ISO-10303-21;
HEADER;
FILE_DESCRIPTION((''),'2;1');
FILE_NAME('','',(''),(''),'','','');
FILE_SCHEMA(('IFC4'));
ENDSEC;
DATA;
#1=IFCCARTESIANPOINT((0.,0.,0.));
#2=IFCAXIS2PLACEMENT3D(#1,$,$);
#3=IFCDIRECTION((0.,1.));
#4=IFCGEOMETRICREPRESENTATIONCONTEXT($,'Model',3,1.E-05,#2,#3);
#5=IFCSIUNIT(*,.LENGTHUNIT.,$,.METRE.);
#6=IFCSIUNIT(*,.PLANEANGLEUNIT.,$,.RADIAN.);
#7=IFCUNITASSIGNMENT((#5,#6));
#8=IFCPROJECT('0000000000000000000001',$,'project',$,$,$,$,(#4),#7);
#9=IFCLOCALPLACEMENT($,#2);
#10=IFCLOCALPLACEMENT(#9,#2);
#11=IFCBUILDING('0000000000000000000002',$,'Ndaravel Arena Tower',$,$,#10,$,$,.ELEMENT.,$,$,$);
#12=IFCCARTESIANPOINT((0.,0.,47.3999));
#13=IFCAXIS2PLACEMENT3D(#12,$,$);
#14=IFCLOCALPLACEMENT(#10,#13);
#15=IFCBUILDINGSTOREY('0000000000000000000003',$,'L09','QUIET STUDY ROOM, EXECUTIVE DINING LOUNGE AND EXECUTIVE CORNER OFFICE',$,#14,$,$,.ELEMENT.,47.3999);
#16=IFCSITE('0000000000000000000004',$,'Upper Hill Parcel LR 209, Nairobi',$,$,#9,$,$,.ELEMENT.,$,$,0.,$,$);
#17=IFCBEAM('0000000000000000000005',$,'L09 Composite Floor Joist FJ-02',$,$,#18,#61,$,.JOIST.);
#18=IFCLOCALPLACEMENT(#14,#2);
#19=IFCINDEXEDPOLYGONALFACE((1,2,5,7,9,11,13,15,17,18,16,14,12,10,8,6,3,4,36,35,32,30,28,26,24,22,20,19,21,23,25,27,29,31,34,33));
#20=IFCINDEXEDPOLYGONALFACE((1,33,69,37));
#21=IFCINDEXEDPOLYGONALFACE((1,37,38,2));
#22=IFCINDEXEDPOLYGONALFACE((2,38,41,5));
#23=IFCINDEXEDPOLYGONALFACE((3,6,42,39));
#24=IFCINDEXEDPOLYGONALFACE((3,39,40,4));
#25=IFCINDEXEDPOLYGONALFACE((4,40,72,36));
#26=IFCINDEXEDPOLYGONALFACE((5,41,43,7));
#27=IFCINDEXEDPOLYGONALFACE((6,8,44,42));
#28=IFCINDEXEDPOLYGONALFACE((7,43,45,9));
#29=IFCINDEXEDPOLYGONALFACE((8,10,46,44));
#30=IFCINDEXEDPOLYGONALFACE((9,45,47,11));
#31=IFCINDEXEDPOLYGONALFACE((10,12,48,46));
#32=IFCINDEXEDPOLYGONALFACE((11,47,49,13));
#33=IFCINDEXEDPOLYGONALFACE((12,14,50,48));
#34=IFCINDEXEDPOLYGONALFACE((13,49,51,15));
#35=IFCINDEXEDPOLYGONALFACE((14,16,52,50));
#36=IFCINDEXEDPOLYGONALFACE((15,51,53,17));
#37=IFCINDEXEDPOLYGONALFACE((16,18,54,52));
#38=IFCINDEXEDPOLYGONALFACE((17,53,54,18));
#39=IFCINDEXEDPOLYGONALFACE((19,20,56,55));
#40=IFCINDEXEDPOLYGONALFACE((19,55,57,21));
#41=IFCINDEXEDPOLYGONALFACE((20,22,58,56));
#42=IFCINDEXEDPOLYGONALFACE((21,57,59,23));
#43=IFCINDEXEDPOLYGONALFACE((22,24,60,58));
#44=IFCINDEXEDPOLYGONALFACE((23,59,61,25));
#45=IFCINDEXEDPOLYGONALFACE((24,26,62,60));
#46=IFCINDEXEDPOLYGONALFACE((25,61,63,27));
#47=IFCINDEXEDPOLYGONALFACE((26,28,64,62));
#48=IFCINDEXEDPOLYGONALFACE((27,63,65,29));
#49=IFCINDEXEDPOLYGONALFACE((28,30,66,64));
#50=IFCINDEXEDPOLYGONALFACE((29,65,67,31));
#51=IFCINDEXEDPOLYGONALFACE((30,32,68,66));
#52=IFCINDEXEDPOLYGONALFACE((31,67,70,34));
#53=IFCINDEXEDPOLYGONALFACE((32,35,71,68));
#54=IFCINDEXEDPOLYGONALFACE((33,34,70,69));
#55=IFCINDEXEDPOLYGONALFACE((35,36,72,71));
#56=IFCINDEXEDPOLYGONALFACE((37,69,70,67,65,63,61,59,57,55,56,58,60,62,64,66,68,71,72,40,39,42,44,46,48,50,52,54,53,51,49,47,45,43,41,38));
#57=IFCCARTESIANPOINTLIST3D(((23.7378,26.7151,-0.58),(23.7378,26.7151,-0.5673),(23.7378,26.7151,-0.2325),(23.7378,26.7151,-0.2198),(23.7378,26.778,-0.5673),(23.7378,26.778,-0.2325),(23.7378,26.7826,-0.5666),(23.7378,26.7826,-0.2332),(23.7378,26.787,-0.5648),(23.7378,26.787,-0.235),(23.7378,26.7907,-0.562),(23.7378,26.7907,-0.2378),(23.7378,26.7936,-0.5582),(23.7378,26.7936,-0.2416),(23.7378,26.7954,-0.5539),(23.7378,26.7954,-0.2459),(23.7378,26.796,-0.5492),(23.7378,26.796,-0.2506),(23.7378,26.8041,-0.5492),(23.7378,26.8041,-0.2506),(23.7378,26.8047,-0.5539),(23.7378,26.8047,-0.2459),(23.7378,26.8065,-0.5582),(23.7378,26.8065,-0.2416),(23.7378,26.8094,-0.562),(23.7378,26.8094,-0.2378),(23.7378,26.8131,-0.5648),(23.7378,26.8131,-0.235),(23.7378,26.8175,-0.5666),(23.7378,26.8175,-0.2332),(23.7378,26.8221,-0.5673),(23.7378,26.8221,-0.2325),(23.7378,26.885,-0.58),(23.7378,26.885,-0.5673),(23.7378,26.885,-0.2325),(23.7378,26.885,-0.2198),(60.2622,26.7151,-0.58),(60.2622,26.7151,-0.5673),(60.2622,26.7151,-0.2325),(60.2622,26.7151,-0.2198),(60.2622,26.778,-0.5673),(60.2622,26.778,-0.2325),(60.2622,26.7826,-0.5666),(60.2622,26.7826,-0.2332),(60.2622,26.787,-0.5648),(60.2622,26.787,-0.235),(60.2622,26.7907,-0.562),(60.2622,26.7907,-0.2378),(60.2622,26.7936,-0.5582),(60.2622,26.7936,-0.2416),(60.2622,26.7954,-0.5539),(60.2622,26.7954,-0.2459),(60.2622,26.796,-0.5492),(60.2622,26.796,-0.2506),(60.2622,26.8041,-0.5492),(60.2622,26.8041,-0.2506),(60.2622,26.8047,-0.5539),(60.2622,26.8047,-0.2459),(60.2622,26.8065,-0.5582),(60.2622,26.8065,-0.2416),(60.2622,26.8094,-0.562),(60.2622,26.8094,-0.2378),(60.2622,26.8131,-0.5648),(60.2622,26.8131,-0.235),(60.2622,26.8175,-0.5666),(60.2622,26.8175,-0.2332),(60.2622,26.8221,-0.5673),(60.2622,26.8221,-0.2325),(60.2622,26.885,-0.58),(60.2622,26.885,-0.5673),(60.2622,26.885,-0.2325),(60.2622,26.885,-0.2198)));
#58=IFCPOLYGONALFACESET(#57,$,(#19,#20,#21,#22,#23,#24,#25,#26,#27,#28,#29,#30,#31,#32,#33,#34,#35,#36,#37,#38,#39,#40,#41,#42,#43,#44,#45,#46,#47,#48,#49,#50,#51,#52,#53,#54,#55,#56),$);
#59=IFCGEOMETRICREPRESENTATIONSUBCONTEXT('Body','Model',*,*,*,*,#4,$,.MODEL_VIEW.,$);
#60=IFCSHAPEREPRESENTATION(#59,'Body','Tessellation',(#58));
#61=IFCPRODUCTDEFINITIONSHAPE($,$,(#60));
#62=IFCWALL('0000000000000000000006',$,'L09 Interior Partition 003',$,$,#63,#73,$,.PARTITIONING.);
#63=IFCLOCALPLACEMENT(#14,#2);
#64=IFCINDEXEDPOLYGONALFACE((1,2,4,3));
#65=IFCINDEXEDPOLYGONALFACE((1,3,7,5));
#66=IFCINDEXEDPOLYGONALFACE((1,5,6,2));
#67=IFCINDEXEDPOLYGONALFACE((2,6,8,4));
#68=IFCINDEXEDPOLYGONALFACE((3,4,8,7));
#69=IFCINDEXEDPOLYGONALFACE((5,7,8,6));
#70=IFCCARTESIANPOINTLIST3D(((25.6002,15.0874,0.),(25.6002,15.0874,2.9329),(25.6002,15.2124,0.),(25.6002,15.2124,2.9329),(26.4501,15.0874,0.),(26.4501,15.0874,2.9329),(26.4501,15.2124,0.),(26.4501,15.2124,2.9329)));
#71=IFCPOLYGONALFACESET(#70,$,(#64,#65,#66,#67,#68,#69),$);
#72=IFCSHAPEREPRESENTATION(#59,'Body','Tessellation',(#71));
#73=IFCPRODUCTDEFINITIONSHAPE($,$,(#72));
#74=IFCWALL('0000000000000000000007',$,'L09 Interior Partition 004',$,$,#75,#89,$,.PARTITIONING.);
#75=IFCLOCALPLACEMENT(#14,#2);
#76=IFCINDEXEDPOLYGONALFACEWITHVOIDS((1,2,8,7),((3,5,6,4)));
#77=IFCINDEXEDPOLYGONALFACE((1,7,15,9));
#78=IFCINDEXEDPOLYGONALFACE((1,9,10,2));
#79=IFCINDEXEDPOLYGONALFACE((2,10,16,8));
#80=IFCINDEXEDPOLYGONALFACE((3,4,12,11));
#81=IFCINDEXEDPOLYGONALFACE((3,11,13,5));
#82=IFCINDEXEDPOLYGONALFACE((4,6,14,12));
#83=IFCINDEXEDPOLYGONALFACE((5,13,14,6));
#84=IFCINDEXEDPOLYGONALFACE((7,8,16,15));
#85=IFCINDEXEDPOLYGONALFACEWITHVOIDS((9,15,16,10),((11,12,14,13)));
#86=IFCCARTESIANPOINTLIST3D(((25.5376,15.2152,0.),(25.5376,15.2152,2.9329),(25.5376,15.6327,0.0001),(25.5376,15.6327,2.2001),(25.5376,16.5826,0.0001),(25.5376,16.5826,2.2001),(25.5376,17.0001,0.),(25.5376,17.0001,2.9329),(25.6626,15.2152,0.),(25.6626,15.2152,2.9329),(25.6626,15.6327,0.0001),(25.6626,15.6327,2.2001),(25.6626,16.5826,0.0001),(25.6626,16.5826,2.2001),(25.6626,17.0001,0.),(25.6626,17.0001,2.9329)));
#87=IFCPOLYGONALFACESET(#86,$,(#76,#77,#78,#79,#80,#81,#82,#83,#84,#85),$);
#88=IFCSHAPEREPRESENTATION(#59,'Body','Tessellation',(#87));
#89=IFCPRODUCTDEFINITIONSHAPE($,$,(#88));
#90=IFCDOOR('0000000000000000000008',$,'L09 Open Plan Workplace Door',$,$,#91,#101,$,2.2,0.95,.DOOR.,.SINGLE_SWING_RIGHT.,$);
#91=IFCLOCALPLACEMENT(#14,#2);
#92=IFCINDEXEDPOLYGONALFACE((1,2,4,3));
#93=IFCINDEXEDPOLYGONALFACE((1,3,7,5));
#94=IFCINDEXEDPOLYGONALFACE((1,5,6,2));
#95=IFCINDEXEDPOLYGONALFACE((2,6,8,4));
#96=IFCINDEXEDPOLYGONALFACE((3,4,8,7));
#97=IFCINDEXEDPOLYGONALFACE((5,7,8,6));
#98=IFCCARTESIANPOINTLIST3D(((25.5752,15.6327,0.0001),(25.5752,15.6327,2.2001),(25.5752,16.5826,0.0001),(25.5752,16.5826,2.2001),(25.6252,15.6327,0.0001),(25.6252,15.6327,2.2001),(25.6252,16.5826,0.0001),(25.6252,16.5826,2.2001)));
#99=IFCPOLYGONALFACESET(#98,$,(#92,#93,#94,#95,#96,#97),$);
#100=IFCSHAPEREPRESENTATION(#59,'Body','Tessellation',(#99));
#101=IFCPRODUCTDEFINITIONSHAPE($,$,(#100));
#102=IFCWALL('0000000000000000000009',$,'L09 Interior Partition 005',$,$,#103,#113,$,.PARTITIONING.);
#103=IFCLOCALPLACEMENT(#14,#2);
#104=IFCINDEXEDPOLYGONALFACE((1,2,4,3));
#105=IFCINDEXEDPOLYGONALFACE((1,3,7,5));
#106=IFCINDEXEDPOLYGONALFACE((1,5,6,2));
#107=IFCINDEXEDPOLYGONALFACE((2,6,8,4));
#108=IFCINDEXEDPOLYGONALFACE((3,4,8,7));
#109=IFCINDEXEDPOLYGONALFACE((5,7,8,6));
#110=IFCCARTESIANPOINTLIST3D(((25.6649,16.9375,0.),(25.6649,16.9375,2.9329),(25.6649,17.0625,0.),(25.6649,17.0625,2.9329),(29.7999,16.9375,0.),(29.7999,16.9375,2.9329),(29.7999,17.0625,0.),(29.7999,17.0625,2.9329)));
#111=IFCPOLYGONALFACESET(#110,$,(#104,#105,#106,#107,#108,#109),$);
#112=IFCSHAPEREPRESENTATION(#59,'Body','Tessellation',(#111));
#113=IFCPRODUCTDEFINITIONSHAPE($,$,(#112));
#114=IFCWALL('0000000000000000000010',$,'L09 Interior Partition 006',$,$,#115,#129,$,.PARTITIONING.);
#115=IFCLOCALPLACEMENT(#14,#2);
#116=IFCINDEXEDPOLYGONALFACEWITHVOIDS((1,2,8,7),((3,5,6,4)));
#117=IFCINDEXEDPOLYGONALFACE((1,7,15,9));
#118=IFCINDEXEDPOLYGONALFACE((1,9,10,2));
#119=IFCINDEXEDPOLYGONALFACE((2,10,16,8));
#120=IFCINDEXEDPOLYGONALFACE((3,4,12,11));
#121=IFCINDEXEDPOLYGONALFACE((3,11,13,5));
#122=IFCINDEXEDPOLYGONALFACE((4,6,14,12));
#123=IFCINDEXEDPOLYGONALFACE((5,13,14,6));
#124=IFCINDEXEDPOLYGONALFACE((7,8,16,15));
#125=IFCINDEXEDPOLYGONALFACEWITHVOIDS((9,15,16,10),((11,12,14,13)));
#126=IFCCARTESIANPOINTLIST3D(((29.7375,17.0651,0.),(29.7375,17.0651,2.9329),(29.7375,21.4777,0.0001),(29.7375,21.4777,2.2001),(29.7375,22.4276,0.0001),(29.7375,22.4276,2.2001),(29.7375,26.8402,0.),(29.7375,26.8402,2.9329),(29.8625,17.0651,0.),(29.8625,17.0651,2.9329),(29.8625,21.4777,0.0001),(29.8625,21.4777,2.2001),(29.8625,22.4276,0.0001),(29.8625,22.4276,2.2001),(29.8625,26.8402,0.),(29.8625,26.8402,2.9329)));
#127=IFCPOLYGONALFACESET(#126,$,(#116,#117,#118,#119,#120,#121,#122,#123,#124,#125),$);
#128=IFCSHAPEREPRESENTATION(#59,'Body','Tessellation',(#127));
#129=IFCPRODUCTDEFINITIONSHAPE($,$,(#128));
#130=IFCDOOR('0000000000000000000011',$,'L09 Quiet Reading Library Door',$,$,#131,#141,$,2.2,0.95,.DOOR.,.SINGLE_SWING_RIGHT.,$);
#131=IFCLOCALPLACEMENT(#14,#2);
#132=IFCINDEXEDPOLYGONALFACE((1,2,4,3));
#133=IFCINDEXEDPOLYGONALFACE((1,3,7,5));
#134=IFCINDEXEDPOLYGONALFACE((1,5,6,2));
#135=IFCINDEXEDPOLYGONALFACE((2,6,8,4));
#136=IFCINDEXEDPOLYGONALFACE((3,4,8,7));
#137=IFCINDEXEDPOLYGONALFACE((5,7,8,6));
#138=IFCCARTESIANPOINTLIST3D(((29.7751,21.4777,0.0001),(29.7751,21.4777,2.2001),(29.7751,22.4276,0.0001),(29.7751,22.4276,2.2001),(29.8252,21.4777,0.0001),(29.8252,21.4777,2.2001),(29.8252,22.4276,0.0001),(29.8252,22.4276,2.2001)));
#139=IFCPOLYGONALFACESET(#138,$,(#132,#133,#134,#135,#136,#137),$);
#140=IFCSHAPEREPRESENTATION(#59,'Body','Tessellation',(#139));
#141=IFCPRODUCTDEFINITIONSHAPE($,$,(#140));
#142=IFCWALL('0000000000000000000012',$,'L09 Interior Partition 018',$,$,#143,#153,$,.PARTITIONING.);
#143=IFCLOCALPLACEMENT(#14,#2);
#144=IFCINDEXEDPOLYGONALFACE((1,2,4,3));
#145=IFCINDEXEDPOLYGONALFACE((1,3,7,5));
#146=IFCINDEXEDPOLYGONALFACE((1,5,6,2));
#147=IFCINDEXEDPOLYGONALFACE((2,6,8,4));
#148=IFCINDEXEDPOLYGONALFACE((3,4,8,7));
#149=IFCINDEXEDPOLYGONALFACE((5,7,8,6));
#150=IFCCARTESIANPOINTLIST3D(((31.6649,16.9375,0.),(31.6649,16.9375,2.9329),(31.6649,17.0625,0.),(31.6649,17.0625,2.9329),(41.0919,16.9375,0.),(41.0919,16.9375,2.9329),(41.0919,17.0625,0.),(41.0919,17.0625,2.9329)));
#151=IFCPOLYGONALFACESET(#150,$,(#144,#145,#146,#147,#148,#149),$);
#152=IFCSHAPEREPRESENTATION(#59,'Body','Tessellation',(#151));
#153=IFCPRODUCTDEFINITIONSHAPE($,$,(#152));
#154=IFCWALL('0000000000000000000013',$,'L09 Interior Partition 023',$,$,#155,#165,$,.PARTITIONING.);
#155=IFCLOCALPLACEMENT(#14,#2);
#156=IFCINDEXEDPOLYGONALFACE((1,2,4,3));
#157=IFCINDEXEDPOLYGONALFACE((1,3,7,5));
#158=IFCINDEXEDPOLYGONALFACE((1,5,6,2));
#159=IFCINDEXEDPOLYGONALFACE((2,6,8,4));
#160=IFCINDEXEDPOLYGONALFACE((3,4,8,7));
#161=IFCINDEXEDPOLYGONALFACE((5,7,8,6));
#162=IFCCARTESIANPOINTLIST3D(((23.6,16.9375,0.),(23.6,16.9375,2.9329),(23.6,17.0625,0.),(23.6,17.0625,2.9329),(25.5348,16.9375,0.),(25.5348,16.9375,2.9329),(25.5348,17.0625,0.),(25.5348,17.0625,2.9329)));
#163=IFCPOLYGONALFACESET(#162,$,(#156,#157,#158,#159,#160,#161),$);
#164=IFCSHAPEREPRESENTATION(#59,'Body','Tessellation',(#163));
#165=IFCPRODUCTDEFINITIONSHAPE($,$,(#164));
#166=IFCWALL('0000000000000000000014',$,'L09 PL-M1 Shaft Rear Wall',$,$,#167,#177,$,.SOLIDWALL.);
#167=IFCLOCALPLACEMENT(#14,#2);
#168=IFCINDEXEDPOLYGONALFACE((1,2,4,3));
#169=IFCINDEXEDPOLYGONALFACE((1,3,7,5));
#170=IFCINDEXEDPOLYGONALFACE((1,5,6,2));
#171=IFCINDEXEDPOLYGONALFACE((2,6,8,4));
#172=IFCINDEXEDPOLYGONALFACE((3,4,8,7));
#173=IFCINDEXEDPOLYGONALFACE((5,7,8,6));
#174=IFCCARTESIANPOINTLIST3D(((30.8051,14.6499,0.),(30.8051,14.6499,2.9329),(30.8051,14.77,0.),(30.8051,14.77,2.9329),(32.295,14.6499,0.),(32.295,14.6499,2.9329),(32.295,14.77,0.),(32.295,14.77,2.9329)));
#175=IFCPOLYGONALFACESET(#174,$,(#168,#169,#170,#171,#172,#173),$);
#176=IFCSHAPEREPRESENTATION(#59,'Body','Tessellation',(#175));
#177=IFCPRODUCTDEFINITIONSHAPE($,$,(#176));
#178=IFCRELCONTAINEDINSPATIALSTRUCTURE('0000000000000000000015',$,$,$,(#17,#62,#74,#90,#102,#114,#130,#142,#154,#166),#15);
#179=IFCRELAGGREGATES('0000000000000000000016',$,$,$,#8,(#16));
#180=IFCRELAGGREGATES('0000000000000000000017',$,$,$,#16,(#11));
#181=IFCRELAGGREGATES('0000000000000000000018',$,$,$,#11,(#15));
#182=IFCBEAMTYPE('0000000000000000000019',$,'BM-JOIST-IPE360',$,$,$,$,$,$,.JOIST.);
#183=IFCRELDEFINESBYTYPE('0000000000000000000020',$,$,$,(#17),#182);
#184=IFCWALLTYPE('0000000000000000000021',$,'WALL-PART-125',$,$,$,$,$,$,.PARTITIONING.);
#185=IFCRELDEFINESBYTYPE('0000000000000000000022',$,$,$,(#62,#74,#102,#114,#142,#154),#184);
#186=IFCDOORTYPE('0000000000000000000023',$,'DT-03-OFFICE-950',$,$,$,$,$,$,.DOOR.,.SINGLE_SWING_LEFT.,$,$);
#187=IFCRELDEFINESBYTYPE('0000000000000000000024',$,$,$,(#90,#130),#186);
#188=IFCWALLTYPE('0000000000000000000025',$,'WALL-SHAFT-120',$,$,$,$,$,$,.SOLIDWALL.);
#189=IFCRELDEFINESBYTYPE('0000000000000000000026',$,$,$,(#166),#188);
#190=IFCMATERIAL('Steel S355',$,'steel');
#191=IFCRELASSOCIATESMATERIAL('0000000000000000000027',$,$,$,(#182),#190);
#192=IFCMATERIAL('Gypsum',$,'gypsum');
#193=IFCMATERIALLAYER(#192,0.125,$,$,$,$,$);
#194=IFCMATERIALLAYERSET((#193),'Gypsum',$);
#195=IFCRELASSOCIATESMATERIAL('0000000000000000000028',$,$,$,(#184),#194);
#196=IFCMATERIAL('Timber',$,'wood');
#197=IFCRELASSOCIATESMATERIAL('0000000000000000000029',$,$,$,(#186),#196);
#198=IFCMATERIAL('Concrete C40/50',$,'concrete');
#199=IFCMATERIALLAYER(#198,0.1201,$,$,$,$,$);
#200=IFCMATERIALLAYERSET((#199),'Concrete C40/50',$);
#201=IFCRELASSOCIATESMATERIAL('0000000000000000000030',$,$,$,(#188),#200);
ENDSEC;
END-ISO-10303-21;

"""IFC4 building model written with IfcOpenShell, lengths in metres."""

from ifc_helpers import new_model, si_unit, direction, frame, frame_2d, origin, origin_2d, place, context, subcontext, project, spatial, rectangle, i_section, extrude, material, layer, layer_set, material_profile, profile_set, type_object, element, fill, save


model = new_model("IFC4")

# Units and contexts
model_context = context("Model", 3, precision=1e-05, world=origin(), true_north=direction((0.0, 1.0)))
body_context = subcontext(model_context, "Body", "Model", "MODEL_VIEW")
ifc_project = project(units=[si_unit("LENGTHUNIT", "METRE"), si_unit("PLANEANGLEUNIT", "RADIAN")], contexts=[model_context])

# Site, building, storey
site_placement = place(None, origin())
site = spatial("IfcSite", under=ifc_project, at=site_placement, Name="Upper Hill Parcel LR 209, Nairobi", CompositionType="ELEMENT", RefElevation=0.0)
building_placement = place(site_placement, origin())
building = spatial("IfcBuilding", under=site, at=building_placement, Name="Ndaravel Arena Tower", CompositionType="ELEMENT")
storey_placement = place(building_placement, frame((0.0, 0.0, 47.3999)))
storey = spatial("IfcBuildingStorey", under=building, at=storey_placement, Name="L09", Description="QUIET STUDY ROOM, EXECUTIVE DINING LOUNGE AND EXECUTIVE CORNER OFFICE", CompositionType="ELEMENT", Elevation=47.3999)

# Beam
ifc_material_1 = material(Name="Steel S355", Category="steel")
ifc_material_profile_1 = material_profile(ifc_material_1, i_section(OverallWidth=0.1699, OverallDepth=0.3601, WebThickness=0.0081, FlangeThickness=0.0127, FilletRadius=0.0181, at=origin_2d()), Name="IPE 360")
ifc_profile_set_1 = profile_set([ifc_material_profile_1], Name="Steel S355")
beam_type_1 = type_object("IfcBeamType", Name="BM-JOIST-IPE360", PredefinedType="JOIST", material=ifc_profile_set_1)
beam_1_placement = place(storey_placement, frame((23.7378, 26.8, -0.3999), z_axis=(1.0, 0.0, 0.0), x_axis=(0.0, 1.0, 0.0)))
element("IfcBeam", 1, at=beam_1_placement, inside=storey, type_object=beam_type_1, Name="L09 Composite Floor Joist FJ-02", PredefinedType="JOIST", context=body_context, shape_type="SweptSolid", body=[
    extrude(i_section(OverallWidth=0.1699, OverallDepth=0.3601, WebThickness=0.0081, FlangeThickness=0.0127, FilletRadius=0.0181, at=origin_2d()), origin(), (0.0, 0.0, 1.0), 36.5244),
])

# Wall
ifc_material_2 = material(Name="Gypsum", Category="gypsum")
ifc_layer_1 = layer(ifc_material_2, 0.125)
ifc_layer_set_1 = layer_set([ifc_layer_1], Name="Gypsum")
wall_type_1 = type_object("IfcWallType", Name="WALL-PART-125", PredefinedType="PARTITIONING", material=ifc_layer_set_1)
wall_1_placement = place(storey_placement, frame((26.45, 15.1499, 0.0), z_axis=(0.0, 0.0, 1.0), x_axis=(-1.0, 0.0, 0.0)))
element("IfcWall", 2, at=wall_1_placement, inside=storey, type_object=wall_type_1, Name="L09 Interior Partition 003", PredefinedType="PARTITIONING", context=body_context, shape_type="SweptSolid", body=[
    extrude(rectangle(XDim=0.8499, YDim=0.125, at=frame_2d((0.4248, 0.0))), origin(), (0.0, 0.0, 1.0), 2.9329),
])

# Wall, opening, door
wall_2_placement = place(storey_placement, frame((25.6001, 15.2151, 0.0), z_axis=(0.0, 0.0, 1.0), x_axis=(0.0, 1.0, 0.0)))
wall_2 = element("IfcWall", 3, at=wall_2_placement, inside=storey, type_object=wall_type_1, Name="L09 Interior Partition 004", PredefinedType="PARTITIONING", context=body_context, shape_type="SweptSolid", body=[
    extrude(rectangle(XDim=1.7849, YDim=0.125, at=frame_2d((0.8926, 0.0))), origin(), (0.0, 0.0, 1.0), 2.9329),
])
opening_1_placement = place(wall_2_placement, frame((0.4175, 0.0, 0.0)))
opening_1 = element("IfcOpeningElement", 4, at=opening_1_placement, cuts=wall_2, PredefinedType="OPENING", context=body_context, shape_type="SweptSolid", body=[
    extrude(rectangle(XDim=0.95, YDim=2.2, at=frame_2d((0.4751, 1.1001))), frame((0.0, 0.0625, 0.0), z_axis=(0.0, -1.0, 0.0), x_axis=(1.0, 0.0, 0.0)), (0.0, 0.0, 1.0), 0.125),
])
ifc_material_3 = material(Name="Timber", Category="wood")
door_type_1 = type_object("IfcDoorType", Name="DT-03-OFFICE-950", OperationType="SINGLE_SWING_LEFT", PredefinedType="DOOR", material=ifc_material_3)
door_1_placement = place(opening_1_placement, origin())
door_1 = element("IfcDoor", 5, at=door_1_placement, inside=storey, type_object=door_type_1, Name="L09 Open Plan Workplace Door", OperationType="SINGLE_SWING_RIGHT", OverallHeight=2.2, OverallWidth=0.95, PredefinedType="DOOR", context=body_context, shape_type="SweptSolid", body=[
    extrude(rectangle(XDim=0.95, YDim=2.2, at=frame_2d((0.4751, 1.1001))), frame((0.0, 0.0249, 0.0), z_axis=(0.0, -1.0, 0.0), x_axis=(1.0, 0.0, 0.0)), (0.0, 0.0, 1.0), 0.05),
])
fill(opening_1, door_1)

# Wall
wall_3_placement = place(storey_placement, frame((25.665, 17.0, 0.0), z_axis=(0.0, 0.0, 1.0), x_axis=(1.0, 0.0, 0.0)))
element("IfcWall", 6, at=wall_3_placement, inside=storey, type_object=wall_type_1, Name="L09 Interior Partition 005", PredefinedType="PARTITIONING", context=body_context, shape_type="SweptSolid", body=[
    extrude(rectangle(XDim=4.135, YDim=0.125, at=frame_2d((2.0674, 0.0))), origin(), (0.0, 0.0, 1.0), 2.9329),
])

# Wall, opening, door
wall_4_placement = place(storey_placement, frame((29.8, 17.0649, 0.0), z_axis=(0.0, 0.0, 1.0), x_axis=(0.0, 1.0, 0.0)))
wall_4 = element("IfcWall", 7, at=wall_4_placement, inside=storey, type_object=wall_type_1, Name="L09 Interior Partition 006", PredefinedType="PARTITIONING", context=body_context, shape_type="SweptSolid", body=[
    extrude(rectangle(XDim=9.7751, YDim=0.125, at=frame_2d((4.8877, 0.0))), origin(), (0.0, 0.0, 1.0), 2.9329),
])
opening_2_placement = place(wall_4_placement, frame((4.4126, 0.0, 0.0)))
opening_2 = element("IfcOpeningElement", 8, at=opening_2_placement, cuts=wall_4, PredefinedType="OPENING", context=body_context, shape_type="SweptSolid", body=[
    extrude(rectangle(XDim=0.95, YDim=2.2, at=frame_2d((0.4751, 1.1001))), frame((0.0, 0.0625, 0.0), z_axis=(0.0, -1.0, 0.0), x_axis=(1.0, 0.0, 0.0)), (0.0, 0.0, 1.0), 0.125),
])
door_2_placement = place(opening_2_placement, origin())
door_2 = element("IfcDoor", 9, at=door_2_placement, inside=storey, type_object=door_type_1, Name="L09 Quiet Reading Library Door", OperationType="SINGLE_SWING_RIGHT", OverallHeight=2.2, OverallWidth=0.95, PredefinedType="DOOR", context=body_context, shape_type="SweptSolid", body=[
    extrude(rectangle(XDim=0.95, YDim=2.2, at=frame_2d((0.4751, 1.1001))), frame((0.0, 0.0249, 0.0), z_axis=(0.0, -1.0, 0.0), x_axis=(1.0, 0.0, 0.0)), (0.0, 0.0, 1.0), 0.05),
])
fill(opening_2, door_2)

# Walls
wall_5_placement = place(storey_placement, frame((31.665, 17.0, 0.0), z_axis=(0.0, 0.0, 1.0), x_axis=(1.0, 0.0, 0.0)))
element("IfcWall", 10, at=wall_5_placement, inside=storey, type_object=wall_type_1, Name="L09 Interior Partition 018", PredefinedType="PARTITIONING", context=body_context, shape_type="SweptSolid", body=[
    extrude(rectangle(XDim=9.427, YDim=0.125, at=frame_2d((4.7134, 0.0))), origin(), (0.0, 0.0, 1.0), 2.9329),
])
wall_6_placement = place(storey_placement, frame((23.6001, 17.0, 0.0), z_axis=(0.0, 0.0, 1.0), x_axis=(1.0, 0.0, 0.0)))
element("IfcWall", 11, at=wall_6_placement, inside=storey, type_object=wall_type_1, Name="L09 Interior Partition 023", PredefinedType="PARTITIONING", context=body_context, shape_type="SweptSolid", body=[
    extrude(rectangle(XDim=1.9348, YDim=0.125, at=frame_2d((0.9673, 0.0))), origin(), (0.0, 0.0, 1.0), 2.9329),
])
ifc_material_4 = material(Name="Concrete C40/50", Category="concrete")
ifc_layer_2 = layer(ifc_material_4, 0.1201)
ifc_layer_set_2 = layer_set([ifc_layer_2], Name="Concrete C40/50")
wall_type_2 = type_object("IfcWallType", Name="WALL-SHAFT-120", PredefinedType="SOLIDWALL", material=ifc_layer_set_2)
for number, where, z_axis, x_axis, name in (
    (12, (30.8049, 14.71, 0.0), (0.0, 0.0, 1.0), (1.0, 0.0, 0.0), "L09 PL-M1 Shaft Rear Wall"),
):
    element("IfcWall", number, at=place(storey_placement, frame(where, z_axis=z_axis, x_axis=x_axis)), inside=storey, type_object=wall_type_2, Name=name, PredefinedType="SOLIDWALL", context=body_context, shape_type="SweptSolid", body=[
        extrude(rectangle(XDim=1.49, YDim=0.1201, at=frame_2d((0.7451, 0.0))), origin(), (0.0, 0.0, 1.0), 2.9329),
    ])

save(model, "model.ifc")
